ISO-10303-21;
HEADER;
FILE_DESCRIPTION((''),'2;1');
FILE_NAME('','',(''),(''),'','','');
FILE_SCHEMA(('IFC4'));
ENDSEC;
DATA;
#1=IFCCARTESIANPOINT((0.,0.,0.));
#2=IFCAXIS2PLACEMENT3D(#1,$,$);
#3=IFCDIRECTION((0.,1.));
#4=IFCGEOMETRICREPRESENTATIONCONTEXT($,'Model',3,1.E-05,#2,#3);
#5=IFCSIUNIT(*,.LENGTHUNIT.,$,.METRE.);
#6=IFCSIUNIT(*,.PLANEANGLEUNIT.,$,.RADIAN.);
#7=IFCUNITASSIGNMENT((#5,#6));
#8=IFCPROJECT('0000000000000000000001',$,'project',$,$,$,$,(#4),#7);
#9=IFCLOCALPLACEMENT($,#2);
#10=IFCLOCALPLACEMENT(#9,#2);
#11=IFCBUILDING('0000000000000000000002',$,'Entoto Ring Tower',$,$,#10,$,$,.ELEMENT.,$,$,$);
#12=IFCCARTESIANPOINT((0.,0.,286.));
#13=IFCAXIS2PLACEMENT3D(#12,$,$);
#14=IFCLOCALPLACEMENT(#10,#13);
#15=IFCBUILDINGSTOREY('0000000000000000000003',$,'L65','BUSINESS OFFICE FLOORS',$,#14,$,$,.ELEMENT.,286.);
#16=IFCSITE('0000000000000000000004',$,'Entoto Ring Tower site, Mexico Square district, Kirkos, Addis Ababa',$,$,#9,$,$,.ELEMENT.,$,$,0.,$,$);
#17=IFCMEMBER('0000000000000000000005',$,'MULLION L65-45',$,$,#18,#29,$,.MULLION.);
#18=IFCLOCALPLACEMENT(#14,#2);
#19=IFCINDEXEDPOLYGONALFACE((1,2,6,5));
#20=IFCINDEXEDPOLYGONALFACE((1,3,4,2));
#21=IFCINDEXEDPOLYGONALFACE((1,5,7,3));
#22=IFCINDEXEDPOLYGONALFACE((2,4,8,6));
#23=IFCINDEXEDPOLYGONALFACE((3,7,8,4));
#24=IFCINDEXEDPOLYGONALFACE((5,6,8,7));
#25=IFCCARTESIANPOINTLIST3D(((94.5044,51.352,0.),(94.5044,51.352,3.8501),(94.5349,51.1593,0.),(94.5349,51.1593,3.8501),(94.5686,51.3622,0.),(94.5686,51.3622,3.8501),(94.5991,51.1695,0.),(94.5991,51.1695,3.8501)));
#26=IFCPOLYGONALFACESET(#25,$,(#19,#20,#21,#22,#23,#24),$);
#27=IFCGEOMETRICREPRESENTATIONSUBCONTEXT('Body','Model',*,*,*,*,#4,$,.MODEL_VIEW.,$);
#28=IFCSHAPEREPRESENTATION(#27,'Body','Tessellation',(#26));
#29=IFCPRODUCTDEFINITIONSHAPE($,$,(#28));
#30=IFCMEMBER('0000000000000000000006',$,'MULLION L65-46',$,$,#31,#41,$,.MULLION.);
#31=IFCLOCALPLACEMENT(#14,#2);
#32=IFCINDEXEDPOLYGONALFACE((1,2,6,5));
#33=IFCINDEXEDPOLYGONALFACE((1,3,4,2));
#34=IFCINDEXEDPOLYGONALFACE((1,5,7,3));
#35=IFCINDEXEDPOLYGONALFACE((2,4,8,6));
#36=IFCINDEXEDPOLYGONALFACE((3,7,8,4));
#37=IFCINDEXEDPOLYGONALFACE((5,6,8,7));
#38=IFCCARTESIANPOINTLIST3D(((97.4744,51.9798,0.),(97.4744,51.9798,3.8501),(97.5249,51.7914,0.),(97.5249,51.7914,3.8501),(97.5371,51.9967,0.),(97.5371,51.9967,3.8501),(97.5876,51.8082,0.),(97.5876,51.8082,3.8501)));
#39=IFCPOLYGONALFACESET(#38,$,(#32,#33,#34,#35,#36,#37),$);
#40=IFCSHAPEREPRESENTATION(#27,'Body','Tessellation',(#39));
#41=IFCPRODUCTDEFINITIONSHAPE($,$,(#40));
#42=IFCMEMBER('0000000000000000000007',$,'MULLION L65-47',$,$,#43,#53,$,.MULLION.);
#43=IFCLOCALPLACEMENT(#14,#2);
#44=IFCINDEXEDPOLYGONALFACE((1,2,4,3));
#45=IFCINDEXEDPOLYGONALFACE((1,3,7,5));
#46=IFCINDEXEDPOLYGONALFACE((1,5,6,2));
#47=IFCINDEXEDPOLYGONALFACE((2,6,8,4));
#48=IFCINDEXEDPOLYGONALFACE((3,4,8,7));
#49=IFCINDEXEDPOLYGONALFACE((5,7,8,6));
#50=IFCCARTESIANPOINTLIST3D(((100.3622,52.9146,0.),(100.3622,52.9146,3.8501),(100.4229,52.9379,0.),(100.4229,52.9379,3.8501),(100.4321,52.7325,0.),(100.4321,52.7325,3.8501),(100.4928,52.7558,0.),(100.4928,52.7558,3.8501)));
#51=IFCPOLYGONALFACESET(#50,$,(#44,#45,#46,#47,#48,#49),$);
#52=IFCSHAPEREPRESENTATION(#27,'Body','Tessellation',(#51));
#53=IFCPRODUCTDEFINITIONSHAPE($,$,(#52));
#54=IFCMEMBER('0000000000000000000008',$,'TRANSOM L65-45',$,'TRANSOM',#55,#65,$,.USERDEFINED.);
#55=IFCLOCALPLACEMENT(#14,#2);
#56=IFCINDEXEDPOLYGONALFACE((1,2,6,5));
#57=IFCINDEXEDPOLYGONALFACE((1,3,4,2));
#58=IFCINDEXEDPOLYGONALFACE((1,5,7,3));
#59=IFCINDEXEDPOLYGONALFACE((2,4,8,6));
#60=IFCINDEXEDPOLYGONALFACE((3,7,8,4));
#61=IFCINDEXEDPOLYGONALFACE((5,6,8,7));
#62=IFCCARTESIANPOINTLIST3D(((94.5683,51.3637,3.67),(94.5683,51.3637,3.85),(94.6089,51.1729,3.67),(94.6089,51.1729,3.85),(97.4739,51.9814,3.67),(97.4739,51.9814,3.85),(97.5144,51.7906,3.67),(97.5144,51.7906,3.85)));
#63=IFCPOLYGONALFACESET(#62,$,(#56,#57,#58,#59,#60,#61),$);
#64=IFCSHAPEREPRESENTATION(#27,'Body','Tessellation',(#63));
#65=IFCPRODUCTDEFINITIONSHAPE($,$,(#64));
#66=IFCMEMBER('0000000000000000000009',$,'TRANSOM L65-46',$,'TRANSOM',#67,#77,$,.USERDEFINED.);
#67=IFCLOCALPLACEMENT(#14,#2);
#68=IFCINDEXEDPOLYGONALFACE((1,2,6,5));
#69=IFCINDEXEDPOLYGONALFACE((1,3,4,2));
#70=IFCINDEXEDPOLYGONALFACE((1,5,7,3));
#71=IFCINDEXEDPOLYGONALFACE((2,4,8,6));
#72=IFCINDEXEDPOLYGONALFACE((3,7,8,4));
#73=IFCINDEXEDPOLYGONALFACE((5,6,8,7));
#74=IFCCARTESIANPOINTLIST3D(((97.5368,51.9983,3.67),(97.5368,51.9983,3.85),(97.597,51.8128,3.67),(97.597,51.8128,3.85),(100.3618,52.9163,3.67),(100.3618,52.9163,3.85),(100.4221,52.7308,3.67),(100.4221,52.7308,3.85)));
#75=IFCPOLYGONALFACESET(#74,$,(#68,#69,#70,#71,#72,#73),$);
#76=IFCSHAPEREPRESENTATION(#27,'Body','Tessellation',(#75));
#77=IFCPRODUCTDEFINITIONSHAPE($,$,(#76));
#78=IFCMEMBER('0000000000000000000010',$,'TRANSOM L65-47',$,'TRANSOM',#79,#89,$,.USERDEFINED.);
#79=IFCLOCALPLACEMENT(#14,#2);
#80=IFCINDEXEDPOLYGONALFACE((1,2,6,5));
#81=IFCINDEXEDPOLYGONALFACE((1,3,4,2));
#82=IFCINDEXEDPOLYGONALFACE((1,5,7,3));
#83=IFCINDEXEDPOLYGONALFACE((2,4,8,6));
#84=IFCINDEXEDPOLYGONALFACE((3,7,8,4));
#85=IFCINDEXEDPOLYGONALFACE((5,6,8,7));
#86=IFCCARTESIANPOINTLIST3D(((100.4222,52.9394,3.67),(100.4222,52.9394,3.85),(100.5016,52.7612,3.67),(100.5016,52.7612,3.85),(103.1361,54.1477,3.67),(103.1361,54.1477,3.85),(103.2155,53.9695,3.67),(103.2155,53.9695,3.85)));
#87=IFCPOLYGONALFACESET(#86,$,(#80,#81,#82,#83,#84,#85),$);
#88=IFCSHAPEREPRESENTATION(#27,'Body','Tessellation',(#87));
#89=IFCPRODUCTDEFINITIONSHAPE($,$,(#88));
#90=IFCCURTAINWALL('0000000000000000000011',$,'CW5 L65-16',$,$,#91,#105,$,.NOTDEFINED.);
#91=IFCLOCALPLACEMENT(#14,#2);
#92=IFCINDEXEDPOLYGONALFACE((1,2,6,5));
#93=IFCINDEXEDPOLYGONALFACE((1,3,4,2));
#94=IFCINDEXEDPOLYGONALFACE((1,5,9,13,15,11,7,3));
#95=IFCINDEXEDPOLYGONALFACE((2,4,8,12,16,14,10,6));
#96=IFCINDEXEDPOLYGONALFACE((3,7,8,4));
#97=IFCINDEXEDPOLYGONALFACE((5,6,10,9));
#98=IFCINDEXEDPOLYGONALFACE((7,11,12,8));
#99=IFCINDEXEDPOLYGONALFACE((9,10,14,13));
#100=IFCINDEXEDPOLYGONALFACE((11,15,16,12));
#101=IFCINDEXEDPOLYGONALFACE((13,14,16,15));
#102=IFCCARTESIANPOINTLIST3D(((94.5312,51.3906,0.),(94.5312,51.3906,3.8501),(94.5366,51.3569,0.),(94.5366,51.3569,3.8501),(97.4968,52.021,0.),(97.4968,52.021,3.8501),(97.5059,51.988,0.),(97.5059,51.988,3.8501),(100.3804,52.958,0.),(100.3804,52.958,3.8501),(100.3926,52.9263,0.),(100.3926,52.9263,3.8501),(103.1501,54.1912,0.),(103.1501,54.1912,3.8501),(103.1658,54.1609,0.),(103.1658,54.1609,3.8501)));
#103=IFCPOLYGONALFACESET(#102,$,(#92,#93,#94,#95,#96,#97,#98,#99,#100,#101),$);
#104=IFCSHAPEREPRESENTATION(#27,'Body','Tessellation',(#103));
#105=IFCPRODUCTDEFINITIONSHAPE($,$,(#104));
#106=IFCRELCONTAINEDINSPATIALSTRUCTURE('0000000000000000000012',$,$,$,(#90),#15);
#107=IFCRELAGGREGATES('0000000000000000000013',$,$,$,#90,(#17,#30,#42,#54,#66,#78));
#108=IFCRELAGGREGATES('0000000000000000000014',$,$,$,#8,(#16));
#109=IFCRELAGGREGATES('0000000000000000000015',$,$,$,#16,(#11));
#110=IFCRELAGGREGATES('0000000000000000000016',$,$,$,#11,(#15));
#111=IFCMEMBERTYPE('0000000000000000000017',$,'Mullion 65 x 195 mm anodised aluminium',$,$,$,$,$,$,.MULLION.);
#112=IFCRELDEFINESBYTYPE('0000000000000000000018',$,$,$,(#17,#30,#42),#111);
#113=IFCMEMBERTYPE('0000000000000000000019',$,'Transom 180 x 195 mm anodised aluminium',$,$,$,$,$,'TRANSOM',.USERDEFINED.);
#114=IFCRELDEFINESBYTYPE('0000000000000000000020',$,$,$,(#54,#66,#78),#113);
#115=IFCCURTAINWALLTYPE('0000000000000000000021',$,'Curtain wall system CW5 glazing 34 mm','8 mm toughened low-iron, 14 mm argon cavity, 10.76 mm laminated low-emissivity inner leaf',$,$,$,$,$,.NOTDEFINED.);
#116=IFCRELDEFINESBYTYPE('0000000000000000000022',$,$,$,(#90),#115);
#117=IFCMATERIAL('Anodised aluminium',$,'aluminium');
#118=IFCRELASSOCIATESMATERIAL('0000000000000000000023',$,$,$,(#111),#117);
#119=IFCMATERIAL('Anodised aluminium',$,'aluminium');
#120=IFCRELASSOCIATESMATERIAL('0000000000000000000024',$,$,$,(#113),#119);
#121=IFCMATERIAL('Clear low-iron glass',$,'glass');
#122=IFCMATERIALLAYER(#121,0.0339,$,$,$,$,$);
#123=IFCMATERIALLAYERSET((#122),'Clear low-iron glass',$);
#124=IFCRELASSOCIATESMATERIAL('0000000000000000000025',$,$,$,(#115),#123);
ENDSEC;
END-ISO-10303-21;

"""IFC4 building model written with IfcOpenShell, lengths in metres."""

from ifc_helpers import new_model, si_unit, direction, frame, origin, origin_2d, place, context, subcontext, project, spatial, polyline, rectangle, outline, extrude, material, layer, layer_set, material_profile, profile_set, type_object, element, aggregate, save


model = new_model("IFC4")

# Units and contexts
model_context = context("Model", 3, precision=1e-05, world=origin(), true_north=direction((0.0, 1.0)))
body_context = subcontext(model_context, "Body", "Model", "MODEL_VIEW")
ifc_project = project(units=[si_unit("LENGTHUNIT", "METRE"), si_unit("PLANEANGLEUNIT", "RADIAN")], contexts=[model_context])

# Members
ifc_material_1 = material(Name="Anodised aluminium", Category="aluminium")
ifc_material_profile_1 = material_profile(ifc_material_1, rectangle(XDim=0.0649, YDim=0.1951, at=origin_2d()), Name="Mullion 65 x 195 mm anodised aluminium")
ifc_profile_set_1 = profile_set([ifc_material_profile_1], Name="Anodised aluminium")
member_type_1 = type_object("IfcMemberType", Name="Mullion 65 x 195 mm anodised aluminium", PredefinedType="MULLION", material=ifc_profile_set_1)
site_placement = place(None, origin())
building_placement = place(site_placement, origin())
storey_placement = place(building_placement, frame((0.0, 0.0, 286.0)))
member_1_placement = place(storey_placement, frame((94.5518, 51.2607, 0.0), z_axis=(0.0, 0.0, 1.0), x_axis=(0.987688, 0.156434, 0.0)))
member_1 = element("IfcMember", 1, at=member_1_placement, type_object=member_type_1, Name="MULLION L65-45", PredefinedType="MULLION", context=body_context, shape_type="SweptSolid", body=[
    extrude(rectangle(XDim=0.0649, YDim=0.1951, at=origin_2d()), origin(), (0.0, 0.0, 1.0), 3.8501),
])
member_2_placement = place(storey_placement, frame((97.531, 51.894, 0.0), z_axis=(0.0, 0.0, 1.0), x_axis=(0.965926, 0.258819, 0.0)))
member_2 = element("IfcMember", 2, at=member_2_placement, type_object=member_type_1, Name="MULLION L65-46", PredefinedType="MULLION", context=body_context, shape_type="SweptSolid", body=[
    extrude(rectangle(XDim=0.0649, YDim=0.1951, at=origin_2d()), origin(), (0.0, 0.0, 1.0), 3.8501),
])
member_3_placement = place(storey_placement, frame((100.4275, 52.8352, 0.0), z_axis=(0.0, 0.0, 1.0), x_axis=(0.93358, 0.358368, 0.0)))
member_3 = element("IfcMember", 3, at=member_3_placement, type_object=member_type_1, Name="MULLION L65-47", PredefinedType="MULLION", context=body_context, shape_type="SweptSolid", body=[
    extrude(rectangle(XDim=0.0649, YDim=0.1951, at=origin_2d()), origin(), (0.0, 0.0, 1.0), 3.8501),
])
ifc_material_2 = material(Name="Anodised aluminium", Category="aluminium")
ifc_material_profile_2 = material_profile(ifc_material_2, rectangle(XDim=0.1951, YDim=0.1799, at=origin_2d()), Name="Transom 180 x 195 mm anodised aluminium")
ifc_profile_set_2 = profile_set([ifc_material_profile_2], Name="Anodised aluminium")
member_type_2 = type_object("IfcMemberType", Name="Transom 180 x 195 mm anodised aluminium", ElementType="TRANSOM", PredefinedType="USERDEFINED", material=ifc_profile_set_2)
member_4_placement = place(storey_placement, frame((94.5886, 51.2683, 3.76), z_axis=(0.978142, 0.20794, 0.0), x_axis=(-0.20794, 0.978142, 0.0)))
member_4 = element("IfcMember", 4, at=member_4_placement, type_object=member_type_2, Name="TRANSOM L65-45", ObjectType="TRANSOM", PredefinedType="USERDEFINED", context=body_context, shape_type="SweptSolid", body=[
    extrude(rectangle(XDim=0.1951, YDim=0.1799, at=origin_2d()), origin(), (0.0, 0.0, 1.0), 2.9705),
])
member_5_placement = place(storey_placement, frame((97.5669, 51.9055, 3.76), z_axis=(0.951048, 0.309043, 0.0), x_axis=(-0.309043, 0.951048, 0.0)))
member_5 = element("IfcMember", 5, at=member_5_placement, type_object=member_type_2, Name="TRANSOM L65-46", ObjectType="TRANSOM", PredefinedType="USERDEFINED", context=body_context, shape_type="SweptSolid", body=[
    extrude(rectangle(XDim=0.1951, YDim=0.1799, at=origin_2d()), origin(), (0.0, 0.0, 1.0), 2.9705),
])
member_6_placement = place(storey_placement, frame((100.4619, 52.8503, 3.76), z_axis=(0.91355, 0.406726, 0.0), x_axis=(-0.406726, 0.91355, 0.0)))
member_6 = element("IfcMember", 6, at=member_6_placement, type_object=member_type_2, Name="TRANSOM L65-47", ObjectType="TRANSOM", PredefinedType="USERDEFINED", context=body_context, shape_type="SweptSolid", body=[
    extrude(rectangle(XDim=0.1951, YDim=0.1799, at=origin_2d()), origin(), (0.0, 0.0, 1.0), 2.9707),
])

# Site, building, storey
site = spatial("IfcSite", under=ifc_project, at=site_placement, Name="Entoto Ring Tower site, Mexico Square district, Kirkos, Addis Ababa", CompositionType="ELEMENT", RefElevation=0.0)
building = spatial("IfcBuilding", under=site, at=building_placement, Name="Entoto Ring Tower", CompositionType="ELEMENT")
storey = spatial("IfcBuildingStorey", under=building, at=storey_placement, Name="L65", Description="BUSINESS OFFICE FLOORS", CompositionType="ELEMENT", Elevation=286.0)

# Curtain wall
ifc_material_3 = material(Name="Clear low-iron glass", Category="glass")
ifc_layer_1 = layer(ifc_material_3, 0.0339)
ifc_layer_set_1 = layer_set([ifc_layer_1], Name="Clear low-iron glass")
curtain_wall_type = type_object("IfcCurtainWallType", Name="Curtain wall system CW5 glazing 34 mm", Description="8 mm toughened low-iron, 14 mm argon cavity, 10.76 mm laminated low-emissivity inner leaf", PredefinedType="NOTDEFINED", material=ifc_layer_set_1)
curtain_wall_1_placement = place(storey_placement, origin())
curtain_wall_1 = element("IfcCurtainWall", 7, at=curtain_wall_1_placement, inside=storey, type_object=curtain_wall_type, Name="CW5 L65-16", PredefinedType="NOTDEFINED", context=body_context, shape_type="SweptSolid", body=[
    extrude(outline(polyline([(94.5366, 51.3569), (97.5059, 51.988), (100.3926, 52.9263), (103.1658, 54.1609), (103.1501, 54.1912), (100.3804, 52.958), (97.4968, 52.021), (94.5312, 51.3906), (94.5366, 51.3569)])), origin(), (0.0, 0.0, 1.0), 3.8501),
])
aggregate(curtain_wall_1, [member_1, member_2, member_3, member_4, member_5, member_6])

save(model, "model.ifc")
